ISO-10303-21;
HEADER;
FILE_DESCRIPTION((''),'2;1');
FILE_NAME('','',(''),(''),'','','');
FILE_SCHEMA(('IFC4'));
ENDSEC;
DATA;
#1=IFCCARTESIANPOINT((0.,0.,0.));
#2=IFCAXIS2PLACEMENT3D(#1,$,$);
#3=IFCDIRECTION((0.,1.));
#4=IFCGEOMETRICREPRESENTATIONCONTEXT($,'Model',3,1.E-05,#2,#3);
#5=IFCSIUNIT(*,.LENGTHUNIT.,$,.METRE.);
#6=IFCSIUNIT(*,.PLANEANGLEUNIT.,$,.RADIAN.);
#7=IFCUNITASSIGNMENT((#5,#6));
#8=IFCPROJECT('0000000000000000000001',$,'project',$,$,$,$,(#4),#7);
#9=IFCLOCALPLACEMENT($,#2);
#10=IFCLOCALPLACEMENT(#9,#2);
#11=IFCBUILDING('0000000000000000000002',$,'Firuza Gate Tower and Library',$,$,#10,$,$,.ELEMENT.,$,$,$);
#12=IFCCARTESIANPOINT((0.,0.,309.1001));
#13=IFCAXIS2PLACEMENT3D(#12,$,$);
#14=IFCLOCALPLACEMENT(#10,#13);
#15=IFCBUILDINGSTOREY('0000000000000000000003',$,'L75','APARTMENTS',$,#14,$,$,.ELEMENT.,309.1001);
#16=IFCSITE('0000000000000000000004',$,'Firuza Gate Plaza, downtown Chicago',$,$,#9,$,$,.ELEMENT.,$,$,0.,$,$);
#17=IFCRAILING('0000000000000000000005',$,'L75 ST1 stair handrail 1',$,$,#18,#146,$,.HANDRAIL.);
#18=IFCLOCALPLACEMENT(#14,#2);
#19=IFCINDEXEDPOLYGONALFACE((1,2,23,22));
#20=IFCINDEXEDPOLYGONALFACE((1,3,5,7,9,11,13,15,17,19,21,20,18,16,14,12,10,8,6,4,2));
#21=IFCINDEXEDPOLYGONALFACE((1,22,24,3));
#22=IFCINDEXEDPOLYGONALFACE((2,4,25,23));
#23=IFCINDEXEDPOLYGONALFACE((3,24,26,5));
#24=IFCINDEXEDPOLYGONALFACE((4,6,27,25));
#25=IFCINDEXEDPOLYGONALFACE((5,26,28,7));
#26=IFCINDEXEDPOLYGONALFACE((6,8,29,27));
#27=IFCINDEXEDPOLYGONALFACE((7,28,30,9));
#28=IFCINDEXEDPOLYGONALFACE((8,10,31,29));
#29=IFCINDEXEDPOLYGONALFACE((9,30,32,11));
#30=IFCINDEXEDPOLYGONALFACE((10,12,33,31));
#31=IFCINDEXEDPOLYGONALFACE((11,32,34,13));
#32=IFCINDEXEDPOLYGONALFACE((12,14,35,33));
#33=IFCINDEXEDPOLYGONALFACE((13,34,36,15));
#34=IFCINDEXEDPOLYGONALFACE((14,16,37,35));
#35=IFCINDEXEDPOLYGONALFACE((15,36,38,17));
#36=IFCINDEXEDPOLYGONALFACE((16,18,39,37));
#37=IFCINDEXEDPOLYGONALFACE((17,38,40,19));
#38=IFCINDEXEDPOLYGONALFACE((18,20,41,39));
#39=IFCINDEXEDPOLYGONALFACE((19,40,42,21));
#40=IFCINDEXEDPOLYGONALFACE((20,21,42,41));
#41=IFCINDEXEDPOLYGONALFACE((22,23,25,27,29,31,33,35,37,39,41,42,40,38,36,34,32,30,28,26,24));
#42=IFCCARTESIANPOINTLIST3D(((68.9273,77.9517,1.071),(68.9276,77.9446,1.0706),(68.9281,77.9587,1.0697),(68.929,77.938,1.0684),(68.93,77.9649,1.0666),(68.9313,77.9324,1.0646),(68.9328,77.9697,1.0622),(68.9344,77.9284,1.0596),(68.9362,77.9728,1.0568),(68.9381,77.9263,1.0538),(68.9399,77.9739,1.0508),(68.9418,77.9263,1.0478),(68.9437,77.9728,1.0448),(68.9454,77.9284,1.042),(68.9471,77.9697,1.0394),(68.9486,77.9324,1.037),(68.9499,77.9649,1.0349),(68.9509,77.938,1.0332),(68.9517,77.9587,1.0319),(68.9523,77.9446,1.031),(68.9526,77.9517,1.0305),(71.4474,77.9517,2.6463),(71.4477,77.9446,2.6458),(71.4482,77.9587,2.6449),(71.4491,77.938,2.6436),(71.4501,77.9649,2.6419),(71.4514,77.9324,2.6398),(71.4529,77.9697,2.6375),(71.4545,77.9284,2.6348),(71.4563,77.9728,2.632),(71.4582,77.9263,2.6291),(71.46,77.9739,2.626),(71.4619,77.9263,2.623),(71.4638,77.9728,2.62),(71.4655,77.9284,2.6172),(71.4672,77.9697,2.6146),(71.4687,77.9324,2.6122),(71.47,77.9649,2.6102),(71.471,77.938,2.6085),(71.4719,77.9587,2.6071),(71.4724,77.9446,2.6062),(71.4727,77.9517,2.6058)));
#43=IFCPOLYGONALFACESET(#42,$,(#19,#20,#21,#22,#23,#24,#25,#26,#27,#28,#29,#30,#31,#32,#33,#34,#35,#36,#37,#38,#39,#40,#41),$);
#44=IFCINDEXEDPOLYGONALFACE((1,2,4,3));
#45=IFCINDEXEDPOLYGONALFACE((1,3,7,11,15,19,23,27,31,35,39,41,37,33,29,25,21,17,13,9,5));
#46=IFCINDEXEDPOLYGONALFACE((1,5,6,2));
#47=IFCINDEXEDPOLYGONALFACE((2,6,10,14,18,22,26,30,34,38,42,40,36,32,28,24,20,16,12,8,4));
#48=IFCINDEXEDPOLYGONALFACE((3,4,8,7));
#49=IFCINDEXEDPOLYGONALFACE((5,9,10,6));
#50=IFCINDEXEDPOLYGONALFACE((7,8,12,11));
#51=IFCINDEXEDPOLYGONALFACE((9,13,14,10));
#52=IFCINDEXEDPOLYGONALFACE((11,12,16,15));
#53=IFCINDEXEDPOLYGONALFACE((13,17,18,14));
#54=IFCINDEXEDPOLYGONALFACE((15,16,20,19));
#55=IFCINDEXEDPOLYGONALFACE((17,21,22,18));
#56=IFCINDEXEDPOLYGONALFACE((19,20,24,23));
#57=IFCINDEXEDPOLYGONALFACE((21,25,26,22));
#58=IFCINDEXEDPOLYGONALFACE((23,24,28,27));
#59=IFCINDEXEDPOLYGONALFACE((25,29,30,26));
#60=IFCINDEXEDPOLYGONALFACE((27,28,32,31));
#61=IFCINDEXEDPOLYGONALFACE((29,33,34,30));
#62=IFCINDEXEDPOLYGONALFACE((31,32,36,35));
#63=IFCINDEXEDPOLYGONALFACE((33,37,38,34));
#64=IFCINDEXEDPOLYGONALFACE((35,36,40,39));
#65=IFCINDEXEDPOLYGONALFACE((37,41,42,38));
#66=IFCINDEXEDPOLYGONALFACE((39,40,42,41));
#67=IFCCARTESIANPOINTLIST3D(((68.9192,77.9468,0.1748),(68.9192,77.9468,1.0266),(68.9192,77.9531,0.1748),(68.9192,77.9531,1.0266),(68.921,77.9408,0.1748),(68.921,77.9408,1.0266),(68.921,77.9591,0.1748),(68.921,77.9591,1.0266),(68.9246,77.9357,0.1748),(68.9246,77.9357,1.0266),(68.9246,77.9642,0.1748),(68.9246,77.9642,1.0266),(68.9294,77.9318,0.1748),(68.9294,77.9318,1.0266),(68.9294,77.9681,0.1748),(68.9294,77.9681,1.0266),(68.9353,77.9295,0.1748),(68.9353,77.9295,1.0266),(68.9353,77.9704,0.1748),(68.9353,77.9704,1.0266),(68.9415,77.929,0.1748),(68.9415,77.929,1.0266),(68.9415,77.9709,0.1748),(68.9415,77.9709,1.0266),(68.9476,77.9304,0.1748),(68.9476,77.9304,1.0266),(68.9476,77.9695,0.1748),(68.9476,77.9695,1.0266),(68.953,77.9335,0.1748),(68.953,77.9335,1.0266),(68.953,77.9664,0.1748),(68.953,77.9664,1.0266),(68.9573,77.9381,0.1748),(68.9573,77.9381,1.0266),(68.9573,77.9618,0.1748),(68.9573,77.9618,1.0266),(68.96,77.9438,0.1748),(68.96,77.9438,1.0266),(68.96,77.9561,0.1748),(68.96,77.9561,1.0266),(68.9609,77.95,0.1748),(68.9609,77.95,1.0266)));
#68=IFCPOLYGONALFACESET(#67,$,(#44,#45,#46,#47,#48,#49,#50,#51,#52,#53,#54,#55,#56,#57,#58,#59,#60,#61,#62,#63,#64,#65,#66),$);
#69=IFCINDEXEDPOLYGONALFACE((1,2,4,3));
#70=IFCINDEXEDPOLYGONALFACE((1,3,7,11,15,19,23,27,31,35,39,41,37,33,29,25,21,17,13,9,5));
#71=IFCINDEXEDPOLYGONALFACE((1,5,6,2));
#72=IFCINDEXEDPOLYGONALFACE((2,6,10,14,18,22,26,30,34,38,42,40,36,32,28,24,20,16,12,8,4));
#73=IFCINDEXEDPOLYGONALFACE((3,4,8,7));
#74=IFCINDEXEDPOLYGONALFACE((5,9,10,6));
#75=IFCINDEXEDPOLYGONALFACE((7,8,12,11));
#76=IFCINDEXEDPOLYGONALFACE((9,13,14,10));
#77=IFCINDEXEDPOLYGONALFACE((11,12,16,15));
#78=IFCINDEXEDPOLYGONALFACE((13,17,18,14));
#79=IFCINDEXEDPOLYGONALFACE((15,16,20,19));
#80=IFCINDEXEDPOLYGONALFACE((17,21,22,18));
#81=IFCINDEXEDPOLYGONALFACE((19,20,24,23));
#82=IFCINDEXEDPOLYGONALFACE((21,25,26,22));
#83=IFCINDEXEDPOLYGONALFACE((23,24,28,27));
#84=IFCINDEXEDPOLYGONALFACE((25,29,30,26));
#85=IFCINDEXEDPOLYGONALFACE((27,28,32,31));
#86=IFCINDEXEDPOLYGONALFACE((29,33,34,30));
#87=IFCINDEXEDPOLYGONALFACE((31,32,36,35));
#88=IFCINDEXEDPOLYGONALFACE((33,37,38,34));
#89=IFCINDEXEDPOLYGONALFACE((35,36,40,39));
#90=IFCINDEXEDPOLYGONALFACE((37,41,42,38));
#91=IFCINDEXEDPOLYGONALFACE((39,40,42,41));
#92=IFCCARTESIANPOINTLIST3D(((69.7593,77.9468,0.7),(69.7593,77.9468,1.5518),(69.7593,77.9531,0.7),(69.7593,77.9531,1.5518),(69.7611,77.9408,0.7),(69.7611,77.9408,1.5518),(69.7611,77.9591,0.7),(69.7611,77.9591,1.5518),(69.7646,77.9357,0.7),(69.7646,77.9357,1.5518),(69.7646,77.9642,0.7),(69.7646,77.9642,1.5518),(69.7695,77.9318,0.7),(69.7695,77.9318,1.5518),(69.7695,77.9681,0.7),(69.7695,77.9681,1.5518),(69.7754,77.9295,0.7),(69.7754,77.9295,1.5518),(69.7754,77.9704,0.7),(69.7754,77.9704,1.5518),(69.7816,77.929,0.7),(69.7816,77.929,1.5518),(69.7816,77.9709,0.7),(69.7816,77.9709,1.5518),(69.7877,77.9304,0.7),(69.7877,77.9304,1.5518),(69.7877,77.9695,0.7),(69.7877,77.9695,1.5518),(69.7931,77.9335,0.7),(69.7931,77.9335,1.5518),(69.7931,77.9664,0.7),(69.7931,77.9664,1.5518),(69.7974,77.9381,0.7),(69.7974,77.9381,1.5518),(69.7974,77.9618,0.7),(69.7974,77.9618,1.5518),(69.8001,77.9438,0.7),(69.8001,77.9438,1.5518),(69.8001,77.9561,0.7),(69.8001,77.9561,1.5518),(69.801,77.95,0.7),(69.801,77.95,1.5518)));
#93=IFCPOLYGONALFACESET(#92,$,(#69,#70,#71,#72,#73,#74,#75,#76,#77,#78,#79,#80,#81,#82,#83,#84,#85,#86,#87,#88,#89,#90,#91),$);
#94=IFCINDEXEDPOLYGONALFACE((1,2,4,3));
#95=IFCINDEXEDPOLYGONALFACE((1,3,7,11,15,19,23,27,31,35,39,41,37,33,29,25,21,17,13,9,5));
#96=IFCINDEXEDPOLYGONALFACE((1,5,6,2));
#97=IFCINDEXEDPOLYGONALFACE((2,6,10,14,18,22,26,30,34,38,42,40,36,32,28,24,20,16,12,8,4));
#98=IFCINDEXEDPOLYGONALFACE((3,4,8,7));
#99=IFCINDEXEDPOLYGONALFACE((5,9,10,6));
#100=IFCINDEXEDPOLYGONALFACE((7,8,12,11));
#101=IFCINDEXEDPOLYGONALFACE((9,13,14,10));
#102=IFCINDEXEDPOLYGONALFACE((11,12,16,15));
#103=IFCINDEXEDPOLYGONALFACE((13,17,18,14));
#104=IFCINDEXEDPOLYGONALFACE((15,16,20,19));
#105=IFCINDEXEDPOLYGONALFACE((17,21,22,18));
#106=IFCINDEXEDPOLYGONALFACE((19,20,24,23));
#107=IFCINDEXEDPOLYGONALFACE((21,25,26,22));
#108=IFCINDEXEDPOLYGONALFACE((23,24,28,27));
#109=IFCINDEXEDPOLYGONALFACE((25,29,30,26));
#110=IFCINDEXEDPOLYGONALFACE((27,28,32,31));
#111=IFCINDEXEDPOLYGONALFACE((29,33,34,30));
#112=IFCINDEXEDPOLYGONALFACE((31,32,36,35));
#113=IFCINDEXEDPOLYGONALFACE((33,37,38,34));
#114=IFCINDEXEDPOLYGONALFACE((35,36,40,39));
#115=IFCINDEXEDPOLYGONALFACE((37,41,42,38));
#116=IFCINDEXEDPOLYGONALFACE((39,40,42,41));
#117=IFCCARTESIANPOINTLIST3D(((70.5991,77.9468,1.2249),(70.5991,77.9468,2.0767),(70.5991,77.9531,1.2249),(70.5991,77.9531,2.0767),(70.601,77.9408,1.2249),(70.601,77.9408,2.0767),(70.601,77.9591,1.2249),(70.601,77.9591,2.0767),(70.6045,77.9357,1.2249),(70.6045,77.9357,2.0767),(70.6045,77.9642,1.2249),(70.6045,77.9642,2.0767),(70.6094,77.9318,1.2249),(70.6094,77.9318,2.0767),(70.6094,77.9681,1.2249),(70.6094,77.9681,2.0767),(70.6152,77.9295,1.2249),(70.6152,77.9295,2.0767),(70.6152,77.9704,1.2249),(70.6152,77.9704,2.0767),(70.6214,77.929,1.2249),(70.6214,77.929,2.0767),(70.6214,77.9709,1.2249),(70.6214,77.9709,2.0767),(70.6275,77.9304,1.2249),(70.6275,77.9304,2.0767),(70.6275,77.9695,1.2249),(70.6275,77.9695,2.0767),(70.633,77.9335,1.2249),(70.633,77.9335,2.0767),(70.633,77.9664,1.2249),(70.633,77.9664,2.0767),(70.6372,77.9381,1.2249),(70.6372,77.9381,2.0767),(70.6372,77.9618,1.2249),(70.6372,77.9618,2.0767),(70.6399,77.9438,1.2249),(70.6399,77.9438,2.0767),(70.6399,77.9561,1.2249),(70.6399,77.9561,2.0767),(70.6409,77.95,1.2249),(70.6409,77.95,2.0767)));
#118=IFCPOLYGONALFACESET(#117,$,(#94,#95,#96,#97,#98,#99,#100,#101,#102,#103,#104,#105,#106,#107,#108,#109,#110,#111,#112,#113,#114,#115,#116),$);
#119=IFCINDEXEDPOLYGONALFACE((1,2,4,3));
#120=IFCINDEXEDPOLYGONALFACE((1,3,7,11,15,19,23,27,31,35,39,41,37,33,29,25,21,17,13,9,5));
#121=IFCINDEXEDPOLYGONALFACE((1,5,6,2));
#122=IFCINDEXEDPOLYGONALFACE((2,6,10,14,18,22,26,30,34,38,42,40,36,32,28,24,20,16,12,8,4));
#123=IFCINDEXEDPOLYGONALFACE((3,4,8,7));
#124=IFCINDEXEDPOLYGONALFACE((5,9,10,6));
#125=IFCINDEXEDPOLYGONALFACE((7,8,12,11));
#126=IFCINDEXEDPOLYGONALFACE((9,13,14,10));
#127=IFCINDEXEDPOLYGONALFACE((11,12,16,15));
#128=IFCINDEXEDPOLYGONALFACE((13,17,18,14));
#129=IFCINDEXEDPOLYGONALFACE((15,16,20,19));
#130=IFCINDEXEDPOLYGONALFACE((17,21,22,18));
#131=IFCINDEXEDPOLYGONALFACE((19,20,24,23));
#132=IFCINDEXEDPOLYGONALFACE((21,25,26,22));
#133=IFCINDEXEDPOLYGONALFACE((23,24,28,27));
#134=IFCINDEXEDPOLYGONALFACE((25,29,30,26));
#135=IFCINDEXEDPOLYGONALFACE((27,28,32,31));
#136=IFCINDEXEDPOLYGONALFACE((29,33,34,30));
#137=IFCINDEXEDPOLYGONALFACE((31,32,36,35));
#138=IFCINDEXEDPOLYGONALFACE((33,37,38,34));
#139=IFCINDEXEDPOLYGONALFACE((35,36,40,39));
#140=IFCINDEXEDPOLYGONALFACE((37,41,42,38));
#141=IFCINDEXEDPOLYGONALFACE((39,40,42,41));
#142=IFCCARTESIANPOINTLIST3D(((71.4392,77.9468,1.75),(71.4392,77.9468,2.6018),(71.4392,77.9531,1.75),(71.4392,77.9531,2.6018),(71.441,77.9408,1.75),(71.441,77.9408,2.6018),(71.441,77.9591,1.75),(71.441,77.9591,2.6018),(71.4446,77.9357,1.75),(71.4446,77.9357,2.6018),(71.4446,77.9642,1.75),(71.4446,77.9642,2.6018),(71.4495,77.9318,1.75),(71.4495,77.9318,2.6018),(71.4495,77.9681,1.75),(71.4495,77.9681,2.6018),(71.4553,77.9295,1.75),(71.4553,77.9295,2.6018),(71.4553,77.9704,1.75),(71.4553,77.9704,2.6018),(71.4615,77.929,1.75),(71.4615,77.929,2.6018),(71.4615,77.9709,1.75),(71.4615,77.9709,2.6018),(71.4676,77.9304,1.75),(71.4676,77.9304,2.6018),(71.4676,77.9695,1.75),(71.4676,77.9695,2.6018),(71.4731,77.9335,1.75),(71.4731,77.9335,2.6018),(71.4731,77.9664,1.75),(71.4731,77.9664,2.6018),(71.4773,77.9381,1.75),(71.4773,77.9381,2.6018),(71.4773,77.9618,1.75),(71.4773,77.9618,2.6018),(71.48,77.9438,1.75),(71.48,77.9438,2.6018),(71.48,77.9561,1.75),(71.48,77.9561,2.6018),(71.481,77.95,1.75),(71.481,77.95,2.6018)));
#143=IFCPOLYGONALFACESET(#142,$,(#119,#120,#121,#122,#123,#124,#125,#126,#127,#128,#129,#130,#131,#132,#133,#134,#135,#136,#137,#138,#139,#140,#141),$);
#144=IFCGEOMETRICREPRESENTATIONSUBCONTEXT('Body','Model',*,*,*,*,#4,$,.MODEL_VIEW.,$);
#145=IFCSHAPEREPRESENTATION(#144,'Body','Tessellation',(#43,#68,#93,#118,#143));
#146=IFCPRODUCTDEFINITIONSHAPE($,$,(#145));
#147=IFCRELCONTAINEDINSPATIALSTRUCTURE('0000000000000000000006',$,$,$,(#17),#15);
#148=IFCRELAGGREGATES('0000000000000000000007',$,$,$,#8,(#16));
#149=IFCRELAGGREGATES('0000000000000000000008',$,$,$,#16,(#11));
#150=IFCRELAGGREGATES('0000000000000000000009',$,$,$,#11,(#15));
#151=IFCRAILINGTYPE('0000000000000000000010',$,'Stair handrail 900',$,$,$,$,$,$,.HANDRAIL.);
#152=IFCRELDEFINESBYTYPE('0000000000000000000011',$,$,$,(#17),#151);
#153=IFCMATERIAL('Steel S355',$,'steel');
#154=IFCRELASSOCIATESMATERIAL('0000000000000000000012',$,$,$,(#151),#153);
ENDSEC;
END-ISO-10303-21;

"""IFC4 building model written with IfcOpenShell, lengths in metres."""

from ifc_helpers import new_model, si_unit, direction, frame, origin, origin_2d, place, context, subcontext, project, spatial, circle, extrude, material, type_object, element, save


model = new_model("IFC4")

# Units and contexts
model_context = context("Model", 3, precision=1e-05, world=origin(), true_north=direction((0.0, 1.0)))
body_context = subcontext(model_context, "Body", "Model", "MODEL_VIEW")
ifc_project = project(units=[si_unit("LENGTHUNIT", "METRE"), si_unit("PLANEANGLEUNIT", "RADIAN")], contexts=[model_context])

# Site, building, storey
site_placement = place(None, origin())
site = spatial("IfcSite", under=ifc_project, at=site_placement, Name="Firuza Gate Plaza, downtown Chicago", CompositionType="ELEMENT", RefElevation=0.0)
building_placement = place(site_placement, origin())
building = spatial("IfcBuilding", under=site, at=building_placement, Name="Firuza Gate Tower and Library", CompositionType="ELEMENT")
storey_placement = place(building_placement, frame((0.0, 0.0, 309.1001)))
storey = spatial("IfcBuildingStorey", under=building, at=storey_placement, Name="L75", Description="APARTMENTS", CompositionType="ELEMENT", Elevation=309.1001)

# Railing
ifc_material_1 = material(Name="Steel S355", Category="steel")
railing_type_1 = type_object("IfcRailingType", Name="Stair handrail 900", PredefinedType="HANDRAIL", material=ifc_material_1)
railing_1_placement = place(storey_placement, frame((68.9399, 77.95, 0.1748)))
element("IfcRailing", 1, at=railing_1_placement, inside=storey, type_object=railing_type_1, Name="L75 ST1 stair handrail 1", PredefinedType="HANDRAIL", context=body_context, shape_type="SweptSolid", body=[
    extrude(circle(Radius=0.0239, at=origin_2d()), frame((0.0, 0.0, 0.876), z_axis=(0.847971, 0.0, 0.530043), x_axis=(0.0, 1.0, 0.0)), (0.0, 0.0, 1.0), 2.9719),
    extrude(circle(Radius=0.021, at=origin_2d()), origin(), (0.0, 0.0, 1.0), 0.8518),
    extrude(circle(Radius=0.021, at=origin_2d()), frame((0.8401, 0.0, 0.5251)), (0.0, 0.0, 1.0), 0.8518),
    extrude(circle(Radius=0.021, at=origin_2d()), frame((1.6799, 0.0, 1.05)), (0.0, 0.0, 1.0), 0.8518),
    extrude(circle(Radius=0.021, at=origin_2d()), frame((2.52, 0.0, 1.5752)), (0.0, 0.0, 1.0), 0.8518),
])

save(model, "model.ifc")
